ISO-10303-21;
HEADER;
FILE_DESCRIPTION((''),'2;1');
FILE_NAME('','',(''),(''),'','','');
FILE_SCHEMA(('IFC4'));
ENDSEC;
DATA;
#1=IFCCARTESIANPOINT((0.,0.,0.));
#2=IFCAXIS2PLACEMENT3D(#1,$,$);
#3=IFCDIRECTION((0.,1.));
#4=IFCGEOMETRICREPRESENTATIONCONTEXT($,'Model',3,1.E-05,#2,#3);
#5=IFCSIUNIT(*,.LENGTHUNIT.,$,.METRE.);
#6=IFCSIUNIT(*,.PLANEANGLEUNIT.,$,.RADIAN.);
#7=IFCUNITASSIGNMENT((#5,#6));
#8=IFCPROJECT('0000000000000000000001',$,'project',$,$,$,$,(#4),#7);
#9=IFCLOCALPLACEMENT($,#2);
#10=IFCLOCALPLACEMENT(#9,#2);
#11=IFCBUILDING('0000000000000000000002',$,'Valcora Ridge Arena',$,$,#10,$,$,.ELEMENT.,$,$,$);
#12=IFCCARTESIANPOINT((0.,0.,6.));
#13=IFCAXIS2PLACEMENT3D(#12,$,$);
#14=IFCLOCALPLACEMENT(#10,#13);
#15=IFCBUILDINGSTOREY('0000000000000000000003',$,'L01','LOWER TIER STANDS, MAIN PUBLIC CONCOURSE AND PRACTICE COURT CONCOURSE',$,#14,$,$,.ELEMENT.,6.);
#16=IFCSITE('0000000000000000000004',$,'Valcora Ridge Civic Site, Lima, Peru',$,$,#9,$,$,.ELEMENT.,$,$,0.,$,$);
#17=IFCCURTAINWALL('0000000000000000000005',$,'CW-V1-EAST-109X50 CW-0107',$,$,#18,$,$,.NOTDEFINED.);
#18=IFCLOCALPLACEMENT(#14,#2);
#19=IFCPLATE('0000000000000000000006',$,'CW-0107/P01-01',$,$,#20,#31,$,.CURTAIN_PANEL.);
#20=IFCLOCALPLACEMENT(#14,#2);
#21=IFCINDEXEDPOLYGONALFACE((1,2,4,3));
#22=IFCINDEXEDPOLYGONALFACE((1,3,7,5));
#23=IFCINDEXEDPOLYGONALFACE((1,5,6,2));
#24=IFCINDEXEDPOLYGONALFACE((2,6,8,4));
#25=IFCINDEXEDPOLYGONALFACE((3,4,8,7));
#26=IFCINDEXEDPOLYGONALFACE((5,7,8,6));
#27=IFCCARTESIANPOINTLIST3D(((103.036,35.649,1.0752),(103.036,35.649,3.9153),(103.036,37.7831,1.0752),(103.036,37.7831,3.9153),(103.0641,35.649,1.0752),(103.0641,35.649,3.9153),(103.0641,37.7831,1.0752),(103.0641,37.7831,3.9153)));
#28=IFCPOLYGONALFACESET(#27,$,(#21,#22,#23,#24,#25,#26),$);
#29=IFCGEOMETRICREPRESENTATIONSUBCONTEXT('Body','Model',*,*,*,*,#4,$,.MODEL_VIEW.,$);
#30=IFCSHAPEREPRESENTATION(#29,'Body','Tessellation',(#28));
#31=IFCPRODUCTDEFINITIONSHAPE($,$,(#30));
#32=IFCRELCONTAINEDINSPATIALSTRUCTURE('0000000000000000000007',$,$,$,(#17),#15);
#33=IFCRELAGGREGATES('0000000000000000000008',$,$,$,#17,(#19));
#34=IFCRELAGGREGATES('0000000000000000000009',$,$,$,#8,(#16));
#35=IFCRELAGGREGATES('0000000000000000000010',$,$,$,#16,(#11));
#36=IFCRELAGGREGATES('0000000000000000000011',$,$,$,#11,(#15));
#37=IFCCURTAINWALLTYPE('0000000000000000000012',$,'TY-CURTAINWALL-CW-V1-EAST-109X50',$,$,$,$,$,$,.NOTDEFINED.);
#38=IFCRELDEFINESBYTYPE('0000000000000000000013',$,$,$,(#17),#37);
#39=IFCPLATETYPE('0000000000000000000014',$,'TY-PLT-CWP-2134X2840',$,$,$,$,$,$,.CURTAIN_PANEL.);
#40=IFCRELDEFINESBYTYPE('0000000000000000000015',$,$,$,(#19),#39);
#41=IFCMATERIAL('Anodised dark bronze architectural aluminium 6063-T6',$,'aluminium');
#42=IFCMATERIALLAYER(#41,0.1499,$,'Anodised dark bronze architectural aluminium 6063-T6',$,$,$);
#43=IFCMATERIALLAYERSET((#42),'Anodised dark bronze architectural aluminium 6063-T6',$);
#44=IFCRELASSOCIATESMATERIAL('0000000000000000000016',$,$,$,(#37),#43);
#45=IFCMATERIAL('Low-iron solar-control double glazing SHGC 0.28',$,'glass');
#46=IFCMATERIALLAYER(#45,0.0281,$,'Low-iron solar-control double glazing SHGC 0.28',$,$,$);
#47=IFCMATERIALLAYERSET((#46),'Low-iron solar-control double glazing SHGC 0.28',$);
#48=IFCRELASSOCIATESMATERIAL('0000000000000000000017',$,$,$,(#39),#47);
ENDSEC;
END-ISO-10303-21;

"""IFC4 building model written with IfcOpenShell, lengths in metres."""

from ifc_helpers import new_model, si_unit, direction, frame, origin, origin_2d, place, context, subcontext, project, spatial, rectangle, extrude, material, layer, layer_set, type_object, element, aggregate, save


model = new_model("IFC4")

# Units and contexts
model_context = context("Model", 3, precision=1e-05, world=origin(), true_north=direction((0.0, 1.0)))
body_context = subcontext(model_context, "Body", "Model", "MODEL_VIEW")
ifc_project = project(units=[si_unit("LENGTHUNIT", "METRE"), si_unit("PLANEANGLEUNIT", "RADIAN")], contexts=[model_context])

# Site, building, storey
site_placement = place(None, origin())
site = spatial("IfcSite", under=ifc_project, at=site_placement, Name="Valcora Ridge Civic Site, Lima, Peru", CompositionType="ELEMENT", RefElevation=0.0)
building_placement = place(site_placement, origin())
building = spatial("IfcBuilding", under=site, at=building_placement, Name="Valcora Ridge Arena", CompositionType="ELEMENT")
storey_placement = place(building_placement, frame((0.0, 0.0, 6.0)))
storey = spatial("IfcBuildingStorey", under=building, at=storey_placement, Name="L01", Description="LOWER TIER STANDS, MAIN PUBLIC CONCOURSE AND PRACTICE COURT CONCOURSE", CompositionType="ELEMENT", Elevation=6.0)

# Curtain wall
ifc_material_1 = material(Name="Anodised dark bronze architectural aluminium 6063-T6", Category="aluminium")
ifc_layer_1 = layer(ifc_material_1, 0.1499, Name="Anodised dark bronze architectural aluminium 6063-T6")
ifc_layer_set_1 = layer_set([ifc_layer_1], Name="Anodised dark bronze architectural aluminium 6063-T6")
curtain_wall_type = type_object("IfcCurtainWallType", Name="TY-CURTAINWALL-CW-V1-EAST-109X50", PredefinedType="NOTDEFINED", material=ifc_layer_set_1)
curtain_wall_placement = place(storey_placement, origin())
curtain_wall = element("IfcCurtainWall", 1, at=curtain_wall_placement, inside=storey, type_object=curtain_wall_type, Name="CW-V1-EAST-109X50 CW-0107", PredefinedType="NOTDEFINED")

# Plate
ifc_material_2 = material(Name="Low-iron solar-control double glazing SHGC 0.28", Category="glass")
ifc_layer_2 = layer(ifc_material_2, 0.0281, Name="Low-iron solar-control double glazing SHGC 0.28")
ifc_layer_set_2 = layer_set([ifc_layer_2], Name="Low-iron solar-control double glazing SHGC 0.28")
plate_type_1 = type_object("IfcPlateType", Name="TY-PLT-CWP-2134X2840", PredefinedType="CURTAIN_PANEL", material=ifc_layer_set_2)
plate_1_placement = place(storey_placement, frame((103.05, 36.7161, 1.0752), z_axis=(0.0, 0.0, 1.0), x_axis=(0.0, 1.0, 0.0)))
plate_1 = element("IfcPlate", 2, at=plate_1_placement, type_object=plate_type_1, Name="CW-0107/P01-01", PredefinedType="CURTAIN_PANEL", context=body_context, shape_type="SweptSolid", body=[
    extrude(rectangle(XDim=2.134, YDim=0.0281, at=origin_2d()), origin(), (0.0, 0.0, 1.0), 2.8401),
])
aggregate(curtain_wall, [plate_1])

save(model, "model.ifc")
